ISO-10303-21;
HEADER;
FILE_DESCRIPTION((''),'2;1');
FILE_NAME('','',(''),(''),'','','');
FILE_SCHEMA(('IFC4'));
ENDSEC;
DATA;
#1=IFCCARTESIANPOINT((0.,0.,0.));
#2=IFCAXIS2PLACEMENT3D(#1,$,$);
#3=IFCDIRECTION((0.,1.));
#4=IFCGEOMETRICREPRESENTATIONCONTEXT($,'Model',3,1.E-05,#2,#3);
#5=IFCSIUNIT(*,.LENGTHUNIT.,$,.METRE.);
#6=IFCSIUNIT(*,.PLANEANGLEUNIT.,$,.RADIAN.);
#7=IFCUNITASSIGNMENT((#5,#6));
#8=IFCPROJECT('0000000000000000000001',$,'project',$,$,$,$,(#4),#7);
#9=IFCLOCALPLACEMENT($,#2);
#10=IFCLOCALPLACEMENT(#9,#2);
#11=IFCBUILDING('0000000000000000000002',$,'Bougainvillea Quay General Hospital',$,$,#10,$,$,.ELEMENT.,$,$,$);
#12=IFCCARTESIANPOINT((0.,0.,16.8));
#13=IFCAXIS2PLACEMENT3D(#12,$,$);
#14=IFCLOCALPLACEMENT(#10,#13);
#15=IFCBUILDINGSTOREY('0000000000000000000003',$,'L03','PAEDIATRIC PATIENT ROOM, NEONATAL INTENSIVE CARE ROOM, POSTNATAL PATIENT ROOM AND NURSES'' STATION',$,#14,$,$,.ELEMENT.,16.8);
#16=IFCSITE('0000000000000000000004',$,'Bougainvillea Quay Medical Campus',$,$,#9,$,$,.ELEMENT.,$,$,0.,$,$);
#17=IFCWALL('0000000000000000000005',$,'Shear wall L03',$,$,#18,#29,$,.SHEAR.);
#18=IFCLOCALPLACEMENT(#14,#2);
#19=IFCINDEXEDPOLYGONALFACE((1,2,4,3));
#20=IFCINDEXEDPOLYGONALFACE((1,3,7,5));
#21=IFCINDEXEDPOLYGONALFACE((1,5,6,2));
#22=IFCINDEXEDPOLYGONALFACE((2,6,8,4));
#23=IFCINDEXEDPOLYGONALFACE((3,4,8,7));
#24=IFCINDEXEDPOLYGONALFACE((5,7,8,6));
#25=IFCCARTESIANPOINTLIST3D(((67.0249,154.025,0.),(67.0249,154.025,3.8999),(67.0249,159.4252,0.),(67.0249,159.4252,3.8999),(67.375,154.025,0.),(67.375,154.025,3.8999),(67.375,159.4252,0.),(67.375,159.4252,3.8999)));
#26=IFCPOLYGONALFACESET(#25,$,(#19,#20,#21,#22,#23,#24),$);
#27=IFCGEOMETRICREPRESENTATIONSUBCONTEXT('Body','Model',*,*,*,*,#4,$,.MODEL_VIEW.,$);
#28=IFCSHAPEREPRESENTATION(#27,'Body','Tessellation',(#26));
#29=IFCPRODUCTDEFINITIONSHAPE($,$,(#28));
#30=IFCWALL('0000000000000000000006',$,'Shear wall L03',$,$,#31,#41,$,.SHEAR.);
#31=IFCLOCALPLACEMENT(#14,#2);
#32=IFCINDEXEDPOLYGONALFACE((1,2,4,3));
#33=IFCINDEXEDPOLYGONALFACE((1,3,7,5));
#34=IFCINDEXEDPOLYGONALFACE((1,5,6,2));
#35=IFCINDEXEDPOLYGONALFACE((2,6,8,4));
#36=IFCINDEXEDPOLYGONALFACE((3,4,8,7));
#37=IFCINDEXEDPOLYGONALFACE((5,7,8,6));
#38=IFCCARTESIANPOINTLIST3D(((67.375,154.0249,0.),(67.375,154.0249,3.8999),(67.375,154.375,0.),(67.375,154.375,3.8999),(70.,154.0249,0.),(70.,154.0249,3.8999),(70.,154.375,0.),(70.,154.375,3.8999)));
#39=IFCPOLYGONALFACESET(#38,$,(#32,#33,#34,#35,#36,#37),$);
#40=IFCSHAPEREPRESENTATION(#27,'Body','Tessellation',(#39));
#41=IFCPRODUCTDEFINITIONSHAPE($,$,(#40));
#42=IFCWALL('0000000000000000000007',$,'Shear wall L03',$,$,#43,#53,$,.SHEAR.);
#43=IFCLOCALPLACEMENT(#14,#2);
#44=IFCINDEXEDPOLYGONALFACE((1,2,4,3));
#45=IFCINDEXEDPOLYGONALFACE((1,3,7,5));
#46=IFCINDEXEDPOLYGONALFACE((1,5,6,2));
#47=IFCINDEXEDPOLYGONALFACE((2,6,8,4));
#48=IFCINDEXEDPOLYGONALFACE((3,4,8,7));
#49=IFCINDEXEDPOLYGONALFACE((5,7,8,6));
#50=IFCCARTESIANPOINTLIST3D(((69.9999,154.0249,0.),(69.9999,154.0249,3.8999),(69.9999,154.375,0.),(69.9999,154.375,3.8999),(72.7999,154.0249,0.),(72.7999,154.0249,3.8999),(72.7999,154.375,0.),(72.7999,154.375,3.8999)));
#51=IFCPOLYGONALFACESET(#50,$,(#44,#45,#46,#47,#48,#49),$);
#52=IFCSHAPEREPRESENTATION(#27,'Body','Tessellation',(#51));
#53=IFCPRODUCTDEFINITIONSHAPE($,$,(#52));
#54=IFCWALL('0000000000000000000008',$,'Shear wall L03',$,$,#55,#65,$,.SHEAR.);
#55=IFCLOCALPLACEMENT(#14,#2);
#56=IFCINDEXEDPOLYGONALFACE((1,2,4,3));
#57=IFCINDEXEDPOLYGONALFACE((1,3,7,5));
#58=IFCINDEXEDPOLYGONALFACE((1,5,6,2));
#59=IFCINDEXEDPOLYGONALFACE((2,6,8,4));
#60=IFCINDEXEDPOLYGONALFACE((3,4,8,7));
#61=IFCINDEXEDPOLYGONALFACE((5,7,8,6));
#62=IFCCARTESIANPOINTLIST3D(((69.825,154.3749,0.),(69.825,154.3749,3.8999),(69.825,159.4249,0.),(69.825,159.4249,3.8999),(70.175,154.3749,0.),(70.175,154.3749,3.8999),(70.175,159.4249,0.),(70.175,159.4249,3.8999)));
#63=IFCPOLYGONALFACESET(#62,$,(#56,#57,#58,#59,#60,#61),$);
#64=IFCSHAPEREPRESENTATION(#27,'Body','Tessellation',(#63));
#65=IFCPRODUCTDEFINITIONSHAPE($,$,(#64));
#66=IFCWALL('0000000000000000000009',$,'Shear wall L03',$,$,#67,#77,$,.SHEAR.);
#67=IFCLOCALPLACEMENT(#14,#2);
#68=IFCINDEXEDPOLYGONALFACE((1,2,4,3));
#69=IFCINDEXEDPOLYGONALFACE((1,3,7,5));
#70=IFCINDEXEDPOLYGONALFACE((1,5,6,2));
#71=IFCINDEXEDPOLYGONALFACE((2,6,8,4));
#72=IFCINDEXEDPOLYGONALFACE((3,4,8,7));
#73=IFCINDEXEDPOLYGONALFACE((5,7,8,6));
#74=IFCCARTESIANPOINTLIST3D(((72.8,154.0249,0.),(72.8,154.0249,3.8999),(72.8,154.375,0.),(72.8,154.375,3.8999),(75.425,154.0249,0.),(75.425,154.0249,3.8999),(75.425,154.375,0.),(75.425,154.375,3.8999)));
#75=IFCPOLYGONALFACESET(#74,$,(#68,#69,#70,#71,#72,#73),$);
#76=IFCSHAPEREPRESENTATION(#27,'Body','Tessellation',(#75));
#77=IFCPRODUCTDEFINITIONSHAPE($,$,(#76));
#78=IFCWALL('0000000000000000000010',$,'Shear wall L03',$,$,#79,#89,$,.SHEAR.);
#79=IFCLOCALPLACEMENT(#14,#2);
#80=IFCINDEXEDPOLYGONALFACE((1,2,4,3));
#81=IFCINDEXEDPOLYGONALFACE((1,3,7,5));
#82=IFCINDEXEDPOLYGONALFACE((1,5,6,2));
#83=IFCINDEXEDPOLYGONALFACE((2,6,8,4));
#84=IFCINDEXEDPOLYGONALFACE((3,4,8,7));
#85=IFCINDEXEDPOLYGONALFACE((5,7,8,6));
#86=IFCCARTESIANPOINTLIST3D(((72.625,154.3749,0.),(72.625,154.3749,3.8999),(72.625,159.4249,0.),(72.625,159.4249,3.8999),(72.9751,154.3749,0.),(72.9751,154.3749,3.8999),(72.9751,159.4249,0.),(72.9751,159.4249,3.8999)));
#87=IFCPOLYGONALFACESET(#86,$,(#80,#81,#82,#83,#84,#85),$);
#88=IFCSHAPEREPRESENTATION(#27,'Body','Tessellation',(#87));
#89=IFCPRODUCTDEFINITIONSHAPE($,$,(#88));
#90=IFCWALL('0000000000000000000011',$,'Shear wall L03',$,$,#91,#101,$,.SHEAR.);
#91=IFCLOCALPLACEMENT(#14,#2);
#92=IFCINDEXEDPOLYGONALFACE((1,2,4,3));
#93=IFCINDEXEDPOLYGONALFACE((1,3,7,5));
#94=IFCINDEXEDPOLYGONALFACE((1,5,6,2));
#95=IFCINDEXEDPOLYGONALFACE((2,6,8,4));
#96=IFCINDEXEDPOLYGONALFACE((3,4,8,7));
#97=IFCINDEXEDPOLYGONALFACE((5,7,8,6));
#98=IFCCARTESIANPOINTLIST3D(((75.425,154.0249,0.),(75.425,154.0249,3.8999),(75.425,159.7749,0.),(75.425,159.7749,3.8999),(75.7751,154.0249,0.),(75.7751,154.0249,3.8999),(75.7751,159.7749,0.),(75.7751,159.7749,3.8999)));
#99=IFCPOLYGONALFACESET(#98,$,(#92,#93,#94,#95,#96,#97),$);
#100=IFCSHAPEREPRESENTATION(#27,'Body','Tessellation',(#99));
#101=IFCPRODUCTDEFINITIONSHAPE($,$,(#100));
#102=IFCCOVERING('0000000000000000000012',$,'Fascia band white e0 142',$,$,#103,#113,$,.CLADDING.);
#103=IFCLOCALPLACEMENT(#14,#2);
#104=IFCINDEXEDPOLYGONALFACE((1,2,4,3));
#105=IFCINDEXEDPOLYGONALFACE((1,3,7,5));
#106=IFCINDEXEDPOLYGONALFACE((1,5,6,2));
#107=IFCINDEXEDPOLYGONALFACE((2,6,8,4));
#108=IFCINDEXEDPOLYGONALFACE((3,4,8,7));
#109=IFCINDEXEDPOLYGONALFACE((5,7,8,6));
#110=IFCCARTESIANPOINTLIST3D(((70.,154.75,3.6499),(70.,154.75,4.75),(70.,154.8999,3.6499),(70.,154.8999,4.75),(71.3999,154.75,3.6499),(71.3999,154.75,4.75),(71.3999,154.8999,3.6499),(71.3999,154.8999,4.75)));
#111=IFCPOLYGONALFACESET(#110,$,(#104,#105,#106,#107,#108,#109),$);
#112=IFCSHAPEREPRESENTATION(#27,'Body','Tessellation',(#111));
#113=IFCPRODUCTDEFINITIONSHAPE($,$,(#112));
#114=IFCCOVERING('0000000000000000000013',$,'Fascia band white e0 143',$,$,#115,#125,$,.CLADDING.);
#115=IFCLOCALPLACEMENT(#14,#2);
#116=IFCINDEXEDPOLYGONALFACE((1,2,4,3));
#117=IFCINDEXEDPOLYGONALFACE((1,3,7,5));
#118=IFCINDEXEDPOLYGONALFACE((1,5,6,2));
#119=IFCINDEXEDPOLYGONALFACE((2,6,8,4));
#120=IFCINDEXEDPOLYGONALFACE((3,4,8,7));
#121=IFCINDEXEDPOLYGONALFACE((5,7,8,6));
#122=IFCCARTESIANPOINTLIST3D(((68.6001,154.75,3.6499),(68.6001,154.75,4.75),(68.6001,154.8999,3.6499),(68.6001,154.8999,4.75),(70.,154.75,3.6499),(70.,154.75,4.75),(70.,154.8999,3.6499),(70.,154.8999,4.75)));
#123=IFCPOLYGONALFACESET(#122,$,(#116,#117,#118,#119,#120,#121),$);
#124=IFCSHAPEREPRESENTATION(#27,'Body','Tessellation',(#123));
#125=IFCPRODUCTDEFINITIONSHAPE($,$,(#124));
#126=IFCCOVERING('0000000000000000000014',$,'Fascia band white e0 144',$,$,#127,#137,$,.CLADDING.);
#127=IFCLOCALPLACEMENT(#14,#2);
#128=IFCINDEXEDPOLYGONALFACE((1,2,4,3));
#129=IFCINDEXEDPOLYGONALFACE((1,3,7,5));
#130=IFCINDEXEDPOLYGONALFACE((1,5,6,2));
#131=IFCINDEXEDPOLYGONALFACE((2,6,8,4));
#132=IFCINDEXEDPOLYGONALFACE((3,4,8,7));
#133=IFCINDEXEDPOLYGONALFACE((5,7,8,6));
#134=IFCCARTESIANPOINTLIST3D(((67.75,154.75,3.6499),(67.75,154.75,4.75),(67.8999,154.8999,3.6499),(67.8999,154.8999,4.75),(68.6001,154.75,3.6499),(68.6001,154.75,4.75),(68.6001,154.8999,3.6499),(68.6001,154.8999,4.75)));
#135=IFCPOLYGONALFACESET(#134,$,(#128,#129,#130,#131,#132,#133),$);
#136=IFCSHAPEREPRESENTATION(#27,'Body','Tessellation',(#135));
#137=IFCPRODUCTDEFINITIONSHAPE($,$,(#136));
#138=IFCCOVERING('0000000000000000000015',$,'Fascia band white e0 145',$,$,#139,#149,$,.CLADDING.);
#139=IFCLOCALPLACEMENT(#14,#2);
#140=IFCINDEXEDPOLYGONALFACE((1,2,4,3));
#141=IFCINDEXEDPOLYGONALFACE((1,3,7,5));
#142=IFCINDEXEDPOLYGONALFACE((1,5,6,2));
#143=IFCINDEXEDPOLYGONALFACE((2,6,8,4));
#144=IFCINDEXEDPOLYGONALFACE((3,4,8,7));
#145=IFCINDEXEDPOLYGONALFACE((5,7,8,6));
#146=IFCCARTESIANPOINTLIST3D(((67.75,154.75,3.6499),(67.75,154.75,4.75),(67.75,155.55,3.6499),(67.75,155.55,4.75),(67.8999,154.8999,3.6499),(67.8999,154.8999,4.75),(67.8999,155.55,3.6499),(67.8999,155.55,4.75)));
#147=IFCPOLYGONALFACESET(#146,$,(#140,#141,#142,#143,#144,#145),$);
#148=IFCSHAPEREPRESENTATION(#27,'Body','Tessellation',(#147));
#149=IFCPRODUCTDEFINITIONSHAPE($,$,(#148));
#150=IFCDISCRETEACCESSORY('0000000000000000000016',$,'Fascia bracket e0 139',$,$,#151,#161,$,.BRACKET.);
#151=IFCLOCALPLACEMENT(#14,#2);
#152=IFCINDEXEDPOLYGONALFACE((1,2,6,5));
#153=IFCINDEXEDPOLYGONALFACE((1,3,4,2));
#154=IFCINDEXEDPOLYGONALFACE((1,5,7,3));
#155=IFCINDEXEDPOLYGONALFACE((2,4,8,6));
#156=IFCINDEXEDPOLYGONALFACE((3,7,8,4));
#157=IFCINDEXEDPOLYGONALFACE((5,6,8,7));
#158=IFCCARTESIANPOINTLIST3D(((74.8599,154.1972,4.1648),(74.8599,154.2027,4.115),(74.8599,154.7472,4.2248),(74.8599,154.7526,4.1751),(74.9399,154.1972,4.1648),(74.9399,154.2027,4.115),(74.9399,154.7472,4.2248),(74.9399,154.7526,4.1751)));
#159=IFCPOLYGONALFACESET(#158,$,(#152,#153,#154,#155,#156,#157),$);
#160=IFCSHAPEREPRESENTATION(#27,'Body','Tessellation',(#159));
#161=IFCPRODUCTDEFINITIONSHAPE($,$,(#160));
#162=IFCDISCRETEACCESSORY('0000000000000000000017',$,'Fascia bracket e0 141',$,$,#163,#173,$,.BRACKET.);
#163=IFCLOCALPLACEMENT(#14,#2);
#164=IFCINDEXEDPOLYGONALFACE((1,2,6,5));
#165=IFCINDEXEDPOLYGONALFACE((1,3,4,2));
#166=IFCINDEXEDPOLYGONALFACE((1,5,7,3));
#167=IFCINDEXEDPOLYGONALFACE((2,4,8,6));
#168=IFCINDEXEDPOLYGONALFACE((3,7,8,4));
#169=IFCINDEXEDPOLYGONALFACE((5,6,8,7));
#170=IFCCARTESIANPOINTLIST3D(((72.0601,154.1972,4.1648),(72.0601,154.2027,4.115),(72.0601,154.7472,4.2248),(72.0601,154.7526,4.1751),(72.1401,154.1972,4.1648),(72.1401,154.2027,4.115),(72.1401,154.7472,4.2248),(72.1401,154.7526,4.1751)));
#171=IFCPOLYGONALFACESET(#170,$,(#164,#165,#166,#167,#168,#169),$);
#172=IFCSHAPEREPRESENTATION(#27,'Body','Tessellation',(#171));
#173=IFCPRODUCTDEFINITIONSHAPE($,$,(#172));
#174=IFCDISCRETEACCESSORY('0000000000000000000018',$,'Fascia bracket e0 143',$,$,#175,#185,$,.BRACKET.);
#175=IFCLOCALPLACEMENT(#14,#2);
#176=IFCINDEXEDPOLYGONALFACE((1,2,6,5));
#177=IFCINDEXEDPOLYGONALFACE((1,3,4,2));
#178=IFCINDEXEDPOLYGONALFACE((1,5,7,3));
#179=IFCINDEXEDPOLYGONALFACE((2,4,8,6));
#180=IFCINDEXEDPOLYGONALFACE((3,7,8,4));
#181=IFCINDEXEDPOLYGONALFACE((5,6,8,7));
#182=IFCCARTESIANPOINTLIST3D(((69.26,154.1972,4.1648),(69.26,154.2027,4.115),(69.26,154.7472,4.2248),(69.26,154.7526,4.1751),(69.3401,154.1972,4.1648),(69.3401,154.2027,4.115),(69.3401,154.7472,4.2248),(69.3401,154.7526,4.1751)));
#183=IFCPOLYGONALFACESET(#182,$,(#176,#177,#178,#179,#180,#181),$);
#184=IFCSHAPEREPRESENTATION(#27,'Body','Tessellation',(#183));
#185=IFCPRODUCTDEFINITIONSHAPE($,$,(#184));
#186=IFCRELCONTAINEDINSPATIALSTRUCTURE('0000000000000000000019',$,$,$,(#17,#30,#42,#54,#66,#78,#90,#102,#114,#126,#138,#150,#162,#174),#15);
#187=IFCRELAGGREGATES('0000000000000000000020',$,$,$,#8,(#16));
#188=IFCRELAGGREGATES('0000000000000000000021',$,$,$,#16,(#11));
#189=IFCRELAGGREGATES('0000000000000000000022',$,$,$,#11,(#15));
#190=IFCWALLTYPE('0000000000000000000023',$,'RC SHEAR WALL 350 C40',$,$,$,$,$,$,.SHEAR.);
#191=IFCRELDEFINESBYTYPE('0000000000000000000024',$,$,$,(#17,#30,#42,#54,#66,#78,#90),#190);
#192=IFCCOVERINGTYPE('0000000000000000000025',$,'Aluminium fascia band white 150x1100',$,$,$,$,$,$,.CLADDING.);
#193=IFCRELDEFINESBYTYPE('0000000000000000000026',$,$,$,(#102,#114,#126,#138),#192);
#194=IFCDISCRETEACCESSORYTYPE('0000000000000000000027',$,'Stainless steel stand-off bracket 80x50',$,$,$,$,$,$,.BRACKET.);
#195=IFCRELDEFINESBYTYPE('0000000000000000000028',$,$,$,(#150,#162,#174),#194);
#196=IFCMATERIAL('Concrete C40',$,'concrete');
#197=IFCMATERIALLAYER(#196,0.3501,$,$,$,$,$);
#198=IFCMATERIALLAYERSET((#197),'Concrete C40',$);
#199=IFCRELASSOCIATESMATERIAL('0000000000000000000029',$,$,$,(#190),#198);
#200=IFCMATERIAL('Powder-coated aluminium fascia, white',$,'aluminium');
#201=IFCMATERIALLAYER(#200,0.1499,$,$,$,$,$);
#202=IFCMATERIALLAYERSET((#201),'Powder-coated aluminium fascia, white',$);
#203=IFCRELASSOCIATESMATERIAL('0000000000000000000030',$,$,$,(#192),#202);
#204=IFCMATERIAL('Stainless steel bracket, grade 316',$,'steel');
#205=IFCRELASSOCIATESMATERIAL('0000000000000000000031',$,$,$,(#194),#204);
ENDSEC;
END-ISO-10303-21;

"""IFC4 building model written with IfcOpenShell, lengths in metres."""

from ifc_helpers import new_model, si_unit, direction, frame, frame_2d, origin, origin_2d, place, context, subcontext, project, spatial, polyline, rectangle, outline, extrude, material, layer, layer_set, material_profile, profile_set, type_object, element, save


model = new_model("IFC4")

# Units and contexts
model_context = context("Model", 3, precision=1e-05, world=origin(), true_north=direction((0.0, 1.0)))
body_context = subcontext(model_context, "Body", "Model", "MODEL_VIEW")
ifc_project = project(units=[si_unit("LENGTHUNIT", "METRE"), si_unit("PLANEANGLEUNIT", "RADIAN")], contexts=[model_context])

# Site, building, storey
site_placement = place(None, origin())
site = spatial("IfcSite", under=ifc_project, at=site_placement, Name="Bougainvillea Quay Medical Campus", CompositionType="ELEMENT", RefElevation=0.0)
building_placement = place(site_placement, origin())
building = spatial("IfcBuilding", under=site, at=building_placement, Name="Bougainvillea Quay General Hospital", CompositionType="ELEMENT")
storey_placement = place(building_placement, frame((0.0, 0.0, 16.8)))
storey = spatial("IfcBuildingStorey", under=building, at=storey_placement, Name="L03", Description="PAEDIATRIC PATIENT ROOM, NEONATAL INTENSIVE CARE ROOM, POSTNATAL PATIENT ROOM AND NURSES' STATION", CompositionType="ELEMENT", Elevation=16.8)

# Shared definitions
ifc_material_1 = material(Name="Concrete C40", Category="concrete")

# Walls
ifc_layer_1 = layer(ifc_material_1, 0.3501)
ifc_layer_set_1 = layer_set([ifc_layer_1], Name="Concrete C40")
wall_type_1 = type_object("IfcWallType", Name="RC SHEAR WALL 350 C40", PredefinedType="SHEAR", material=ifc_layer_set_1)
wall_1_placement = place(storey_placement, frame((67.2, 154.0249, 0.0), z_axis=(0.0, 0.0, 1.0), x_axis=(0.0, 1.0, 0.0)))
element("IfcWall", 1, at=wall_1_placement, inside=storey, type_object=wall_type_1, Name="Shear wall L03", PredefinedType="SHEAR", context=body_context, shape_type="SweptSolid", body=[
    extrude(rectangle(XDim=5.4001, YDim=0.3501, at=frame_2d((2.7002, 0.0))), origin(), (0.0, 0.0, 1.0), 3.8999),
])
wall_2_placement = place(storey_placement, frame((67.375, 154.2, 0.0), z_axis=(0.0, 0.0, 1.0), x_axis=(1.0, 0.0, 0.0)))
element("IfcWall", 2, at=wall_2_placement, inside=storey, type_object=wall_type_1, Name="Shear wall L03", PredefinedType="SHEAR", context=body_context, shape_type="SweptSolid", body=[
    extrude(rectangle(XDim=2.625, YDim=0.3501, at=frame_2d((1.3125, 0.0))), origin(), (0.0, 0.0, 1.0), 3.8999),
])
wall_3_placement = place(storey_placement, frame((70.0, 154.2, 0.0), z_axis=(0.0, 0.0, 1.0), x_axis=(1.0, 0.0, 0.0)))
element("IfcWall", 3, at=wall_3_placement, inside=storey, type_object=wall_type_1, Name="Shear wall L03", PredefinedType="SHEAR", context=body_context, shape_type="SweptSolid", body=[
    extrude(rectangle(XDim=2.8, YDim=0.3501, at=frame_2d((1.3999, 0.0))), origin(), (0.0, 0.0, 1.0), 3.8999),
])
wall_4_placement = place(storey_placement, frame((70.0, 154.375, 0.0), z_axis=(0.0, 0.0, 1.0), x_axis=(0.0, 1.0, 0.0)))
element("IfcWall", 4, at=wall_4_placement, inside=storey, type_object=wall_type_1, Name="Shear wall L03", PredefinedType="SHEAR", context=body_context, shape_type="SweptSolid", body=[
    extrude(rectangle(XDim=5.05, YDim=0.3501, at=frame_2d((2.5249, 0.0))), origin(), (0.0, 0.0, 1.0), 3.8999),
])
wall_5_placement = place(storey_placement, frame((72.8, 154.2, 0.0), z_axis=(0.0, 0.0, 1.0), x_axis=(1.0, 0.0, 0.0)))
element("IfcWall", 5, at=wall_5_placement, inside=storey, type_object=wall_type_1, Name="Shear wall L03", PredefinedType="SHEAR", context=body_context, shape_type="SweptSolid", body=[
    extrude(rectangle(XDim=2.625, YDim=0.3501, at=frame_2d((1.3125, 0.0))), origin(), (0.0, 0.0, 1.0), 3.8999),
])
wall_6_placement = place(storey_placement, frame((72.8, 154.375, 0.0), z_axis=(0.0, 0.0, 1.0), x_axis=(0.0, 1.0, 0.0)))
element("IfcWall", 6, at=wall_6_placement, inside=storey, type_object=wall_type_1, Name="Shear wall L03", PredefinedType="SHEAR", context=body_context, shape_type="SweptSolid", body=[
    extrude(rectangle(XDim=5.05, YDim=0.3501, at=frame_2d((2.5249, 0.0))), origin(), (0.0, 0.0, 1.0), 3.8999),
])
wall_7_placement = place(storey_placement, frame((75.6001, 154.0249, 0.0), z_axis=(0.0, 0.0, 1.0), x_axis=(0.0, 1.0, 0.0)))
element("IfcWall", 7, at=wall_7_placement, inside=storey, type_object=wall_type_1, Name="Shear wall L03", PredefinedType="SHEAR", context=body_context, shape_type="SweptSolid", body=[
    extrude(rectangle(XDim=5.75, YDim=0.3501, at=frame_2d((2.875, 0.0))), origin(), (0.0, 0.0, 1.0), 3.8999),
])

# Coverings
ifc_material_2 = material(Name="Powder-coated aluminium fascia, white", Category="aluminium")
ifc_layer_2 = layer(ifc_material_2, 0.1499)
ifc_layer_set_2 = layer_set([ifc_layer_2], Name="Powder-coated aluminium fascia, white")
covering_type = type_object("IfcCoveringType", Name="Aluminium fascia band white 150x1100", PredefinedType="CLADDING", material=ifc_layer_set_2)
for number, where, z_axis, x_axis, name in (
    (8, (71.3999, 154.75, 3.6499), (0.0, 0.0, 1.0), (-1.0, 0.0, 0.0), "Fascia band white e0 142"),
    (9, (70.0, 154.75, 3.6499), (0.0, 0.0, 1.0), (-1.0, 0.0, 0.0), "Fascia band white e0 143"),
):
    element("IfcCovering", number, at=place(storey_placement, frame(where, z_axis=z_axis, x_axis=x_axis)), inside=storey, type_object=covering_type, Name=name, PredefinedType="CLADDING", context=body_context, shape_type="SweptSolid", body=[
        extrude(outline(polyline([(0.0, 0.0), (1.3999, 0.0), (1.3999, -0.1499), (0.0, -0.1499), (0.0, 0.0)])), origin(), (0.0, 0.0, 1.0), 1.1001),
    ])
covering_1_placement = place(storey_placement, frame((68.6001, 154.75, 3.6499), z_axis=(0.0, 0.0, 1.0), x_axis=(-1.0, 0.0, 0.0)))
element("IfcCovering", 10, at=covering_1_placement, inside=storey, type_object=covering_type, Name="Fascia band white e0 144", PredefinedType="CLADDING", context=body_context, shape_type="SweptSolid", body=[
    extrude(outline(polyline([(0.0, 0.0), (0.8501, 0.0), (0.7002, -0.1499), (0.0, -0.1499), (0.0, 0.0)])), origin(), (0.0, 0.0, 1.0), 1.1001),
])
covering_2_placement = place(storey_placement, frame((67.75, 154.75, 3.6499), z_axis=(0.0, 0.0, 1.0), x_axis=(0.0, 1.0, 0.0)))
element("IfcCovering", 11, at=covering_2_placement, inside=storey, type_object=covering_type, Name="Fascia band white e0 145", PredefinedType="CLADDING", context=body_context, shape_type="SweptSolid", body=[
    extrude(outline(polyline([(0.0, 0.0), (0.8, 0.0), (0.8, -0.1499), (0.1499, -0.1499), (0.0, 0.0)])), origin(), (0.0, 0.0, 1.0), 1.1001),
])

# Discrete accessories
ifc_material_3 = material(Name="Stainless steel bracket, grade 316", Category="steel")
ifc_material_profile_1 = material_profile(ifc_material_3, rectangle(XDim=0.0801, YDim=0.05, at=origin_2d()))
ifc_profile_set_1 = profile_set([ifc_material_profile_1], Name="Stainless steel bracket, grade 316")
discrete_accessory_type = type_object("IfcDiscreteAccessoryType", Name="Stainless steel stand-off bracket 80x50", PredefinedType="BRACKET", material=ifc_profile_set_1)
for number, where, z_axis, x_axis, name in (
    (12, (74.8999, 154.2, 4.1399), (0.0, 0.994092, 0.108543), (-1.0, 0.0, 0.0), "Fascia bracket e0 139"),
    (13, (72.1001, 154.2, 4.1399), (0.0, 0.994092, 0.108543), (-1.0, 0.0, 0.0), "Fascia bracket e0 141"),
    (14, (69.3, 154.2, 4.1399), (0.0, 0.994092, 0.108543), (-1.0, 0.0, 0.0), "Fascia bracket e0 143"),
):
    element("IfcDiscreteAccessory", number, at=place(storey_placement, frame(where, z_axis=z_axis, x_axis=x_axis)), inside=storey, type_object=discrete_accessory_type, Name=name, PredefinedType="BRACKET", context=body_context, shape_type="SweptSolid", body=[
        extrude(rectangle(XDim=0.0801, YDim=0.05, at=origin_2d()), origin(), (0.0, 0.0, 1.0), 0.5532),
    ])

save(model, "model.ifc")
